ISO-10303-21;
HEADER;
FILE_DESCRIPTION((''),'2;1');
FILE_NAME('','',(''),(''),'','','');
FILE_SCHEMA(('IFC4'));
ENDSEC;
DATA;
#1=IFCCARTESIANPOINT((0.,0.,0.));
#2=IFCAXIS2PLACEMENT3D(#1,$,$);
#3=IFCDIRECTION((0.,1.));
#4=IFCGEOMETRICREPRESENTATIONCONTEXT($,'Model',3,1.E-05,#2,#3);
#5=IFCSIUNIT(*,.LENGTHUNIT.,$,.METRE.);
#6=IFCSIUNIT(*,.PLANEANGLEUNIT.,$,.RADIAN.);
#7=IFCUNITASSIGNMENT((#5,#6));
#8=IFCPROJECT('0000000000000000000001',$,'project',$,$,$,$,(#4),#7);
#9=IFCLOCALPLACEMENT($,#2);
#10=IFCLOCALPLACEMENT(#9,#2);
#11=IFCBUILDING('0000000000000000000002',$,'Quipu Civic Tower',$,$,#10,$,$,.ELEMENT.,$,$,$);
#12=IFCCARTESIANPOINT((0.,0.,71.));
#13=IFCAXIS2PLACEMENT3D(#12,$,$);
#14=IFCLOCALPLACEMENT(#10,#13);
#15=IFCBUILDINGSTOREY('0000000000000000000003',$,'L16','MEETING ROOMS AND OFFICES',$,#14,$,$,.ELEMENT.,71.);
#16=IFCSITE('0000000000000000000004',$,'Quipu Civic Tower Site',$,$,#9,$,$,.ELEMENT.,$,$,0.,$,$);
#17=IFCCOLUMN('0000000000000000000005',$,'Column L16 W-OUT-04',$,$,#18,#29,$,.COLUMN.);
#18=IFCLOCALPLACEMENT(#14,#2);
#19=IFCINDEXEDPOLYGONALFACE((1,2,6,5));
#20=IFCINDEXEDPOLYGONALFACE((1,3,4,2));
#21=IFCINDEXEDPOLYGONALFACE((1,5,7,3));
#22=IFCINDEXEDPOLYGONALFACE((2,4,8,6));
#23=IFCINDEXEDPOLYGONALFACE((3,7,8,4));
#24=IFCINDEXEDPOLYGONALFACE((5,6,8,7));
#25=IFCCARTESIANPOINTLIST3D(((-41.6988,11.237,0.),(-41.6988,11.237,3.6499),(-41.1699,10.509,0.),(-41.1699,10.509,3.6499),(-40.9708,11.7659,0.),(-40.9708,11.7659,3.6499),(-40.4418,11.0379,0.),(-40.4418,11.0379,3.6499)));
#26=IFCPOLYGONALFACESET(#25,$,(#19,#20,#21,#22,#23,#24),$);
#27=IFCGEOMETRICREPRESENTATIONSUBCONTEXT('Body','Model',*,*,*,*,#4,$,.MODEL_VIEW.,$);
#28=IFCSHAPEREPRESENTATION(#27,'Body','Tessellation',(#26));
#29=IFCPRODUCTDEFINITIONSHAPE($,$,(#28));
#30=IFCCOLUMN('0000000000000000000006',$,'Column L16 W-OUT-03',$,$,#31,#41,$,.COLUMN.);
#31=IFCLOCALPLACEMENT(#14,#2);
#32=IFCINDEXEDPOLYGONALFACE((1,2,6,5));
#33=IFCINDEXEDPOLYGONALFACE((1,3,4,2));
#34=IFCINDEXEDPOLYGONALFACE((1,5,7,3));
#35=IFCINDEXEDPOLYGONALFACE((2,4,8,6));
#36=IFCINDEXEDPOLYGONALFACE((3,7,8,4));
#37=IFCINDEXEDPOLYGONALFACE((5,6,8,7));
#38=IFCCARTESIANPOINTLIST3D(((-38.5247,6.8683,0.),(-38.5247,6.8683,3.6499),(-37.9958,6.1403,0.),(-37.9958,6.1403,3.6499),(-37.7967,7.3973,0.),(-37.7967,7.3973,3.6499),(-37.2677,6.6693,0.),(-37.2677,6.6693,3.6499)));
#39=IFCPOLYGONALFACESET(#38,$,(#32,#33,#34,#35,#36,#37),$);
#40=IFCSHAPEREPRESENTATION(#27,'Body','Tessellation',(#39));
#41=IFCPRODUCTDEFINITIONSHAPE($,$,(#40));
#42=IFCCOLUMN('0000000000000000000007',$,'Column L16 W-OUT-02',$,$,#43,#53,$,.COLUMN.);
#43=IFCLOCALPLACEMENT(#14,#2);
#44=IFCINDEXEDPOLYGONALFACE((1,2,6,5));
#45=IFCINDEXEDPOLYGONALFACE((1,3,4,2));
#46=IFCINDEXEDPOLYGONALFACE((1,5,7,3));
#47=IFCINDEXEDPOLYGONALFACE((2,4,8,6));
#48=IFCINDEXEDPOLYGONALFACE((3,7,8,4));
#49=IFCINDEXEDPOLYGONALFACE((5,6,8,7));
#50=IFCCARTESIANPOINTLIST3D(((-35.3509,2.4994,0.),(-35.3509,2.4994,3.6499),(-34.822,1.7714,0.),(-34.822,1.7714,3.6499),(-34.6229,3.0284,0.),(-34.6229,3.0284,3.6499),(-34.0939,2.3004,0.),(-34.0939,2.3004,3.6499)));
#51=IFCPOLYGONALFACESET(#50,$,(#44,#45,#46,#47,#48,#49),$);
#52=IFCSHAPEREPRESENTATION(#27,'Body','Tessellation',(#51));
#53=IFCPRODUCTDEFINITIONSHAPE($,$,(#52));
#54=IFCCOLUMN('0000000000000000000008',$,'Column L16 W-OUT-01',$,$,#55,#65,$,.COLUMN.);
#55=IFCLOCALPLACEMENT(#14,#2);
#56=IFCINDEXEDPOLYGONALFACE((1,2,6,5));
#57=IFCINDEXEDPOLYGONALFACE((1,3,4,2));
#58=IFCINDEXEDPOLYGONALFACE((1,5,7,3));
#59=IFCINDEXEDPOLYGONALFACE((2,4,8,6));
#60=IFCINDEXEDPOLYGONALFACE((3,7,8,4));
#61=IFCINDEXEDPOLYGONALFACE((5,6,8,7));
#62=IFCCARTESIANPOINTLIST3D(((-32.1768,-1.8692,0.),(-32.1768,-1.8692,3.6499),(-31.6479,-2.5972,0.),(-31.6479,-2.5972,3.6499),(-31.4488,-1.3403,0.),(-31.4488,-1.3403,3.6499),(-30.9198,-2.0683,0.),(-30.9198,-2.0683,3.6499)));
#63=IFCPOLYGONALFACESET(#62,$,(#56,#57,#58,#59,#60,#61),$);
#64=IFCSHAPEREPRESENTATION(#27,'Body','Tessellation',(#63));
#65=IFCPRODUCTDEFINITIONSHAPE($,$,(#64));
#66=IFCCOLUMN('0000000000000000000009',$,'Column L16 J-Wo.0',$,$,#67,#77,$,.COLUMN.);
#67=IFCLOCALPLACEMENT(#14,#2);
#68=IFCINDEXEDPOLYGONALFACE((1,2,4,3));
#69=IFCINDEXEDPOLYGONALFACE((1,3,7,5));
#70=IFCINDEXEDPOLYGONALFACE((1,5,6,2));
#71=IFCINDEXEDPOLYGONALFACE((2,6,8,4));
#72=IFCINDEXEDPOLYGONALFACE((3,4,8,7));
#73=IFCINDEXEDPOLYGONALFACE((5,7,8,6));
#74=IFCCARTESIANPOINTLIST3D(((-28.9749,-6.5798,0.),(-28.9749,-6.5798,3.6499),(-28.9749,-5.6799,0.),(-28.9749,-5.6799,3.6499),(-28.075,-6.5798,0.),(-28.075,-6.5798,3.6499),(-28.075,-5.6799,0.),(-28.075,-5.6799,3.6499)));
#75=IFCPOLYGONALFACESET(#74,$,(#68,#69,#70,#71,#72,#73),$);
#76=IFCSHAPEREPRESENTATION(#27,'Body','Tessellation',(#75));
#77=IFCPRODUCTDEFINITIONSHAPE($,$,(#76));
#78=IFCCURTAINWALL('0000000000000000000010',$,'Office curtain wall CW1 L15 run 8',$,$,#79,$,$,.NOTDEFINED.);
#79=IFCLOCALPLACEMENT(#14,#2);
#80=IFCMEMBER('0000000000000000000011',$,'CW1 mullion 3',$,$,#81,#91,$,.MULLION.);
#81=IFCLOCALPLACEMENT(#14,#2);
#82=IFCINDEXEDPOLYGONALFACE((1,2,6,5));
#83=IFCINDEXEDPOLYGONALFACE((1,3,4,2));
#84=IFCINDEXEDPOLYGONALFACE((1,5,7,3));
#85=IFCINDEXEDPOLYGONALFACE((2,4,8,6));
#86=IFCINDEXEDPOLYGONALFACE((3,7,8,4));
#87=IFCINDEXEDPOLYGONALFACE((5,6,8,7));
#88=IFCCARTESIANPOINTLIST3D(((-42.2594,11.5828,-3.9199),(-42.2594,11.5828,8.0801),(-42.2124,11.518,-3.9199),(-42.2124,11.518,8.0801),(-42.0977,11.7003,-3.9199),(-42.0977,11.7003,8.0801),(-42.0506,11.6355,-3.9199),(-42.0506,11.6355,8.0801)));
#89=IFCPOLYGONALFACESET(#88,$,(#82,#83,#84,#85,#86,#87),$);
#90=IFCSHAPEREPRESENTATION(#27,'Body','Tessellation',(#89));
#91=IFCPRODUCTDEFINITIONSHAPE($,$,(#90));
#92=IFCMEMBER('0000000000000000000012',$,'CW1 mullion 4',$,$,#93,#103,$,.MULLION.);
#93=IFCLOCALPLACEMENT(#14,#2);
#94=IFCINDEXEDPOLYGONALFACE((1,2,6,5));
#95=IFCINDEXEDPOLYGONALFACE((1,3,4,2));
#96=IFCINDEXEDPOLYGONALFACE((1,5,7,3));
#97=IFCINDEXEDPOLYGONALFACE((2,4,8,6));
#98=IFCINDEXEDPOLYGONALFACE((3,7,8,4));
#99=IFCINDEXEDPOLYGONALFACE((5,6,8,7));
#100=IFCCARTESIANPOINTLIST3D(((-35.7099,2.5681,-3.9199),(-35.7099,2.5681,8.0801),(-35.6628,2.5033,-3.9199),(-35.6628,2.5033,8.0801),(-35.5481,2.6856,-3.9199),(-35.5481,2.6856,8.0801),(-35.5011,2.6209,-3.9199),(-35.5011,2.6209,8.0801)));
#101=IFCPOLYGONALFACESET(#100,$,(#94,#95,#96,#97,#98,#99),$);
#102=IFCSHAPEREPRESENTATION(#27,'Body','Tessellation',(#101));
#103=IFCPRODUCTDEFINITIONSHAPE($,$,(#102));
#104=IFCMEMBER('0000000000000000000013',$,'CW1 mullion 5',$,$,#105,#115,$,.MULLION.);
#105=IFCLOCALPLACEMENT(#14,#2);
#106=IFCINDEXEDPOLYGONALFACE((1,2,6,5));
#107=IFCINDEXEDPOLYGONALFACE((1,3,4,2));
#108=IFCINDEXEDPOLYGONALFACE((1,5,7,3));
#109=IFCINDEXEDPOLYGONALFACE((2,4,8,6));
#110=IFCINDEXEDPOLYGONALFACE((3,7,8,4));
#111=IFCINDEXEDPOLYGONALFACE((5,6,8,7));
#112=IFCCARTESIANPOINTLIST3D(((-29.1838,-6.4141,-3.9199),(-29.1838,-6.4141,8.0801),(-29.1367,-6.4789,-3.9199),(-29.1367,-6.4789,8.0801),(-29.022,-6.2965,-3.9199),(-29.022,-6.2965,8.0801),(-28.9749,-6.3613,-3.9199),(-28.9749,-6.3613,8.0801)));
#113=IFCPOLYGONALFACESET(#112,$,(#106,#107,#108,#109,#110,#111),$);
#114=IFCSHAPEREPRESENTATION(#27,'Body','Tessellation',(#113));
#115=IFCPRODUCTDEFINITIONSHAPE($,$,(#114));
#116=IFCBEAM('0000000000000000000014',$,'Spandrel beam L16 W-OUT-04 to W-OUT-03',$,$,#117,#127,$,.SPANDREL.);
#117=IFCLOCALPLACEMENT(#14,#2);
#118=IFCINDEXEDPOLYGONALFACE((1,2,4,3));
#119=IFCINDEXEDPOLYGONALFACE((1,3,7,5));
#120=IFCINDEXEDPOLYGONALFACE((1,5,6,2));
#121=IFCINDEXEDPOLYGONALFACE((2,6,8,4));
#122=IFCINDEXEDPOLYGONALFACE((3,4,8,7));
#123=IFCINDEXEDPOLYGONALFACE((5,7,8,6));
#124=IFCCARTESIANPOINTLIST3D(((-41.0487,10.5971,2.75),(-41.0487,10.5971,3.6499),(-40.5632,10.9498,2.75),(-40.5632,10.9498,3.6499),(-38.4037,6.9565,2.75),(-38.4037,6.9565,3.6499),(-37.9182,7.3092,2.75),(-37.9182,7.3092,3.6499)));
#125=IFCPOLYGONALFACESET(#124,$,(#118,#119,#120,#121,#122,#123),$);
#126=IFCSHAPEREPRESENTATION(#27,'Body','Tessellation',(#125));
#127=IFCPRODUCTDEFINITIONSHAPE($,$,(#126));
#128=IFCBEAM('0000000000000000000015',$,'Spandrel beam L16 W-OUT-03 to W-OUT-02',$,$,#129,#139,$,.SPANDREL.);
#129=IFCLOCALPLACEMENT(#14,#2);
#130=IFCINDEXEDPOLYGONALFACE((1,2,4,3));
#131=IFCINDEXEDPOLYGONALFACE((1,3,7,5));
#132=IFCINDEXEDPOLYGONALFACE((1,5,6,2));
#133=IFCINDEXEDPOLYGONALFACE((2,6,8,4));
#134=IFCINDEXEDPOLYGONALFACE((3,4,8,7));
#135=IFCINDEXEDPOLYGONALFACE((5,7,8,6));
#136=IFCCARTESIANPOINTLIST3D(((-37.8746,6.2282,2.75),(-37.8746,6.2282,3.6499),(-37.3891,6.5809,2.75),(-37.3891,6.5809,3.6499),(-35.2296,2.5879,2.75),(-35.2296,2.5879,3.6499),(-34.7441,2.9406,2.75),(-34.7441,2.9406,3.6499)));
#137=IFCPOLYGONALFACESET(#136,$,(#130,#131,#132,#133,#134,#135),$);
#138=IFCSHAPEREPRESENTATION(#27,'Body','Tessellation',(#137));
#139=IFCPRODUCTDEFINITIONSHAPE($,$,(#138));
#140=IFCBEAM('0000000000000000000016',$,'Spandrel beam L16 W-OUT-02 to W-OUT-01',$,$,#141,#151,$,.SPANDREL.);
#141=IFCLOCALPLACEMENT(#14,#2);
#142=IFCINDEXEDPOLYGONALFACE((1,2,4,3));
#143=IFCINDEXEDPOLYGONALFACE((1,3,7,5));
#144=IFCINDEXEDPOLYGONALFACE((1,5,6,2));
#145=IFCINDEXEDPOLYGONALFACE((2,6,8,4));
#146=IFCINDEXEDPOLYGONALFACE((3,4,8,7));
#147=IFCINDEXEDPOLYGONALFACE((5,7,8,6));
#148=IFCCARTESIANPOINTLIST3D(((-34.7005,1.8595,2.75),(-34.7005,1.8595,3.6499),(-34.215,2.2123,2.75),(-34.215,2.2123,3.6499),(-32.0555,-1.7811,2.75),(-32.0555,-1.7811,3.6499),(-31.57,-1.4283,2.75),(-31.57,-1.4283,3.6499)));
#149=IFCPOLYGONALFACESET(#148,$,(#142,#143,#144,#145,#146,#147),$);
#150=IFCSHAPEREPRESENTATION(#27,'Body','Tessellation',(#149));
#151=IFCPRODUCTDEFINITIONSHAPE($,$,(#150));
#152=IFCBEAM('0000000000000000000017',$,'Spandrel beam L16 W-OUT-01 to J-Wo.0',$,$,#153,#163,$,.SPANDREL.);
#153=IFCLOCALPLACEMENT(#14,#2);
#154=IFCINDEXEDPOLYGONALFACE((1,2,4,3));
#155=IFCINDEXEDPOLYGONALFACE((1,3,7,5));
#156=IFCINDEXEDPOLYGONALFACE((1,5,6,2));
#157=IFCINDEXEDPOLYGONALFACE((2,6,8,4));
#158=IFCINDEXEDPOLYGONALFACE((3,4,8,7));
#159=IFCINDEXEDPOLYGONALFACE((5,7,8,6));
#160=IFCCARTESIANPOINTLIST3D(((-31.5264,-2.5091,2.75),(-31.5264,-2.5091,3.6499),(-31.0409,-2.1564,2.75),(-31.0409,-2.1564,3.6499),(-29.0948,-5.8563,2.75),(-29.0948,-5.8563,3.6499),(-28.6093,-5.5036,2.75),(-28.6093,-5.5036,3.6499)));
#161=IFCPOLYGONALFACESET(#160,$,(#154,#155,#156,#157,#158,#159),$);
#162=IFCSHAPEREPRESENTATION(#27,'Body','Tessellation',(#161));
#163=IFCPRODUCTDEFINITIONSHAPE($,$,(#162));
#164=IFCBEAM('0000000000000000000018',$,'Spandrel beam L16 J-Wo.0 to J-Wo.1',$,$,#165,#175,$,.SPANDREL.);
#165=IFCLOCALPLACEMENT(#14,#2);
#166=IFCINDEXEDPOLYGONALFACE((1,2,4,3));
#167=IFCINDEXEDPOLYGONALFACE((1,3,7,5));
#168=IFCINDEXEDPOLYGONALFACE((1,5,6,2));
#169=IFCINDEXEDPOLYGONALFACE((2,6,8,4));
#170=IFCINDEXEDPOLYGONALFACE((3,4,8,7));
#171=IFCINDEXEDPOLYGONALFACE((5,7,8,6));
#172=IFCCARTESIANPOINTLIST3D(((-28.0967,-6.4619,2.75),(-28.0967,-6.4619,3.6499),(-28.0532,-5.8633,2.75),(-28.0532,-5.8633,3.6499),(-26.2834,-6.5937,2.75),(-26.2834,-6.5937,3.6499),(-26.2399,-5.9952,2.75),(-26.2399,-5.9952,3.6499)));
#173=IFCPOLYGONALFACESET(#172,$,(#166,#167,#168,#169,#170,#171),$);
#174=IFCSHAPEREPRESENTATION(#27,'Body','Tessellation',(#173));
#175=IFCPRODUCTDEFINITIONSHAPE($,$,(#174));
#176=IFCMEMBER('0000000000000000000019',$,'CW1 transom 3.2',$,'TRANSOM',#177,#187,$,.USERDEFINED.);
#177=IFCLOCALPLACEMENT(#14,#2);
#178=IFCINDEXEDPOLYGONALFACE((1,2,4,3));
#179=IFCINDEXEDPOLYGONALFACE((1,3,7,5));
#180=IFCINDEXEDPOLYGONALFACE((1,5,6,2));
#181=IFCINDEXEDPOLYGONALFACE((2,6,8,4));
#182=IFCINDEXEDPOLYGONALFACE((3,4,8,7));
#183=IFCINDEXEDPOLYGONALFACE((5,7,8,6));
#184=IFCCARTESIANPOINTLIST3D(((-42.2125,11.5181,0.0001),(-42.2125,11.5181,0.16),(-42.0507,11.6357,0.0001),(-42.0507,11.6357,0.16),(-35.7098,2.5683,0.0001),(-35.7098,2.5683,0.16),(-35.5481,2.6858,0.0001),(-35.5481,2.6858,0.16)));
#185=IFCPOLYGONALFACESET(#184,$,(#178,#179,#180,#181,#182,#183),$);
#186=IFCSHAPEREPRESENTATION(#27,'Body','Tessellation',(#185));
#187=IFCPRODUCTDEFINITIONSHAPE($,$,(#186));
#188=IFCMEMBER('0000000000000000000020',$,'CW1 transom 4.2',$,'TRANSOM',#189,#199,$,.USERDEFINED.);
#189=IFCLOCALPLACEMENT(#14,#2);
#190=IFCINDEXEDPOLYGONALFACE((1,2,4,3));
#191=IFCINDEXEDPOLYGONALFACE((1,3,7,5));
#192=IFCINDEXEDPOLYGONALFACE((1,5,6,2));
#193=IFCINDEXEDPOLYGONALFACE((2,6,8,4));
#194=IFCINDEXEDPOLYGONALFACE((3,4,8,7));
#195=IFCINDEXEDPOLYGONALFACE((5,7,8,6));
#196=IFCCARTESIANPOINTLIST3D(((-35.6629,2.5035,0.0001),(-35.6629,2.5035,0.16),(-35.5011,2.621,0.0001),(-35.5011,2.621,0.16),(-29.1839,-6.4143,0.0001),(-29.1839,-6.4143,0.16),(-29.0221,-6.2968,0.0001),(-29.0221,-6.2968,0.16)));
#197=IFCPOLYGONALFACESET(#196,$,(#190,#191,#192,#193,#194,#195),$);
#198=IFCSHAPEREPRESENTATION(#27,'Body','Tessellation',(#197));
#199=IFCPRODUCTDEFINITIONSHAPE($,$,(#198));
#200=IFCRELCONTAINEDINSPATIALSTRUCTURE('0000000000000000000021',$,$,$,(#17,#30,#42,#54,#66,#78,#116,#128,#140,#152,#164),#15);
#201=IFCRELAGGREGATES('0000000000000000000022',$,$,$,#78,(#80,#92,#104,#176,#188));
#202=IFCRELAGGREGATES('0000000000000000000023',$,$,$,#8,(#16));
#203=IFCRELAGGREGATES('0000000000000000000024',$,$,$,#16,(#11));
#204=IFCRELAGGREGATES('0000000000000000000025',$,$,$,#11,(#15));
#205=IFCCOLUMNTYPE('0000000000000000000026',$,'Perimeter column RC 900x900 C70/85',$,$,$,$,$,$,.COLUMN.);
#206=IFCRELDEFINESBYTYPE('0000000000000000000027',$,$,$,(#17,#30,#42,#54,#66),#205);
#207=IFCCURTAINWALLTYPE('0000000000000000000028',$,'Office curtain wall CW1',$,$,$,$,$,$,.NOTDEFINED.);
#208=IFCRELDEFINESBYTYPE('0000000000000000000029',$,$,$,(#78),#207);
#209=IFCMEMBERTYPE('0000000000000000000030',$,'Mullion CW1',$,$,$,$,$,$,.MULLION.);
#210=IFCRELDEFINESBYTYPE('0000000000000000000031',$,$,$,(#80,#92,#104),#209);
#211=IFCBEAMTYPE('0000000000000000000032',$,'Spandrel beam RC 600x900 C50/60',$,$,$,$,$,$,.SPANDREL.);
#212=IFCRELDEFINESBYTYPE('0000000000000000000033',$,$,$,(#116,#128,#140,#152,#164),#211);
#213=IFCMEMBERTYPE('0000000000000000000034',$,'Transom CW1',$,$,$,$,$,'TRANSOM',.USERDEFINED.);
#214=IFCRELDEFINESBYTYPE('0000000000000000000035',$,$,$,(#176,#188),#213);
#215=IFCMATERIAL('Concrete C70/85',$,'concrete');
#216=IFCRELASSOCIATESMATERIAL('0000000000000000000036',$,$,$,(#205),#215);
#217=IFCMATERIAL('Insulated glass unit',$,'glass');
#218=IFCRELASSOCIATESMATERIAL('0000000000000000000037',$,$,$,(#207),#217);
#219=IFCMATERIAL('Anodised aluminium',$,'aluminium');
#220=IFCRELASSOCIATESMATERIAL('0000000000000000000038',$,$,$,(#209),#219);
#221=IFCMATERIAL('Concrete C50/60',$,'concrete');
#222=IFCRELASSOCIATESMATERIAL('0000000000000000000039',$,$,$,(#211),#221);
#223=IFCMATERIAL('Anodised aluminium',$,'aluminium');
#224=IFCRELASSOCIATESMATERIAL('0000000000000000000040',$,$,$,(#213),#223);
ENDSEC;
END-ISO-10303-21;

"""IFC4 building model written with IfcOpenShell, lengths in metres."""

from ifc_helpers import new_model, si_unit, direction, frame, origin, origin_2d, place, context, subcontext, project, spatial, rectangle, extrude, material, material_profile, profile_set, type_object, element, aggregate, save


model = new_model("IFC4")

# Units and contexts
model_context = context("Model", 3, precision=1e-05, world=origin(), true_north=direction((0.0, 1.0)))
body_context = subcontext(model_context, "Body", "Model", "MODEL_VIEW")
ifc_project = project(units=[si_unit("LENGTHUNIT", "METRE"), si_unit("PLANEANGLEUNIT", "RADIAN")], contexts=[model_context])

# Site, building, storey
site_placement = place(None, origin())
site = spatial("IfcSite", under=ifc_project, at=site_placement, Name="Quipu Civic Tower Site", CompositionType="ELEMENT", RefElevation=0.0)
building_placement = place(site_placement, origin())
building = spatial("IfcBuilding", under=site, at=building_placement, Name="Quipu Civic Tower", CompositionType="ELEMENT")
storey_placement = place(building_placement, frame((0.0, 0.0, 71.0)))
storey = spatial("IfcBuildingStorey", under=building, at=storey_placement, Name="L16", Description="MEETING ROOMS AND OFFICES", CompositionType="ELEMENT", Elevation=71.0)

# Columns
ifc_material_1 = material(Name="Concrete C70/85", Category="concrete")
ifc_material_profile_1 = material_profile(ifc_material_1, rectangle(XDim=0.8999, YDim=0.8999, at=origin_2d()), Name="RC900x900")
ifc_profile_set_1 = profile_set([ifc_material_profile_1], Name="Concrete C70/85")
column_type = type_object("IfcColumnType", Name="Perimeter column RC 900x900 C70/85", PredefinedType="COLUMN", material=ifc_profile_set_1)
for number, where, z_axis, x_axis, name in (
    (1, (-41.0703, 11.1375, 0.0), (0.0, 0.0, 1.0), (0.587785, -0.809017, 0.0), "Column L16 W-OUT-04"),
    (2, (-37.8962, 6.7688, 0.0), (0.0, 0.0, 1.0), (0.587785, -0.809017, 0.0), "Column L16 W-OUT-03"),
    (3, (-34.7224, 2.3999, 0.0), (0.0, 0.0, 1.0), (0.587785, -0.809017, 0.0), "Column L16 W-OUT-02"),
    (4, (-31.5483, -1.9688, 0.0), (0.0, 0.0, 1.0), (0.587785, -0.809017, 0.0), "Column L16 W-OUT-01"),
    (5, (-28.5249, -6.1299, 0.0), (0.0, 0.0, 1.0), (1.0, 0.0, 0.0), "Column L16 J-Wo.0"),
):
    element("IfcColumn", number, at=place(storey_placement, frame(where, z_axis=z_axis, x_axis=x_axis)), inside=storey, type_object=column_type, Name=name, PredefinedType="COLUMN", context=body_context, shape_type="SweptSolid", body=[
        extrude(rectangle(XDim=0.8999, YDim=0.8999, at=origin_2d()), origin(), (0.0, 0.0, 1.0), 3.6499),
    ])

# Curtain wall, members
ifc_material_2 = material(Name="Insulated glass unit", Category="glass")
curtain_wall_type = type_object("IfcCurtainWallType", Name="Office curtain wall CW1", PredefinedType="NOTDEFINED", material=ifc_material_2)
curtain_wall_placement = place(storey_placement, origin())
curtain_wall = element("IfcCurtainWall", 6, at=curtain_wall_placement, inside=storey, type_object=curtain_wall_type, Name="Office curtain wall CW1 L15 run 8", PredefinedType="NOTDEFINED")
ifc_material_3 = material(Name="Anodised aluminium", Category="aluminium")
ifc_material_profile_2 = material_profile(ifc_material_3, rectangle(XDim=0.2, YDim=0.0801, at=origin_2d()), Name="RECT 200x80")
ifc_profile_set_2 = profile_set([ifc_material_profile_2], Name="Anodised aluminium")
member_type_1 = type_object("IfcMemberType", Name="Mullion CW1", PredefinedType="MULLION", material=ifc_profile_set_2)
member_1_placement = place(storey_placement, frame((-42.155, 11.6091, -3.9199), z_axis=(0.0, 0.0, 1.0), x_axis=(0.809017, 0.587786, 0.0)))
member_1 = element("IfcMember", 7, at=member_1_placement, type_object=member_type_1, Name="CW1 mullion 3", PredefinedType="MULLION", context=body_context, shape_type="SweptSolid", body=[
    extrude(rectangle(XDim=0.2, YDim=0.0801, at=origin_2d()), origin(), (0.0, 0.0, 1.0), 12.0),
])
member_2_placement = place(storey_placement, frame((-35.6055, 2.5945, -3.9199), z_axis=(0.0, 0.0, 1.0), x_axis=(0.809017, 0.587786, 0.0)))
member_2 = element("IfcMember", 8, at=member_2_placement, type_object=member_type_1, Name="CW1 mullion 4", PredefinedType="MULLION", context=body_context, shape_type="SweptSolid", body=[
    extrude(rectangle(XDim=0.2, YDim=0.0801, at=origin_2d()), origin(), (0.0, 0.0, 1.0), 12.0),
])
member_3_placement = place(storey_placement, frame((-29.0793, -6.3877, -3.9199), z_axis=(0.0, 0.0, 1.0), x_axis=(0.809017, 0.587786, 0.0)))
member_3 = element("IfcMember", 9, at=member_3_placement, type_object=member_type_1, Name="CW1 mullion 5", PredefinedType="MULLION", context=body_context, shape_type="SweptSolid", body=[
    extrude(rectangle(XDim=0.2, YDim=0.0801, at=origin_2d()), origin(), (0.0, 0.0, 1.0), 12.0),
])

# Beams
ifc_material_4 = material(Name="Concrete C50/60", Category="concrete")
ifc_material_profile_3 = material_profile(ifc_material_4, rectangle(XDim=0.6001, YDim=0.8999, at=origin_2d()), Name="RC600x900")
ifc_profile_set_3 = profile_set([ifc_material_profile_3], Name="Concrete C50/60")
beam_type = type_object("IfcBeamType", Name="Spandrel beam RC 600x900 C50/60", PredefinedType="SPANDREL", material=ifc_profile_set_3)
beam_1_placement = place(storey_placement, frame((-40.8059, 10.7734, 3.2), z_axis=(0.587778, -0.809022, 0.0), x_axis=(0.809022, 0.587778, 0.0)))
element("IfcBeam", 10, at=beam_1_placement, inside=storey, type_object=beam_type, Name="Spandrel beam L16 W-OUT-04 to W-OUT-03", PredefinedType="SPANDREL", context=body_context, shape_type="SweptSolid", body=[
    extrude(rectangle(XDim=0.6001, YDim=0.8999, at=origin_2d()), origin(), (0.0, 0.0, 1.0), 4.5),
])
beam_2_placement = place(storey_placement, frame((-37.6318, 6.4045, 3.2), z_axis=(0.587804, -0.809003, 0.0), x_axis=(0.809003, 0.587804, 0.0)))
element("IfcBeam", 11, at=beam_2_placement, inside=storey, type_object=beam_type, Name="Spandrel beam L16 W-OUT-03 to W-OUT-02", PredefinedType="SPANDREL", context=body_context, shape_type="SweptSolid", body=[
    extrude(rectangle(XDim=0.6001, YDim=0.8999, at=origin_2d()), origin(), (0.0, 0.0, 1.0), 4.4998),
])
beam_3_placement = place(storey_placement, frame((-34.4578, 2.0359, 3.2), z_axis=(0.587778, -0.809022, 0.0), x_axis=(0.809022, 0.587778, 0.0)))
element("IfcBeam", 12, at=beam_3_placement, inside=storey, type_object=beam_type, Name="Spandrel beam L16 W-OUT-02 to W-OUT-01", PredefinedType="SPANDREL", context=body_context, shape_type="SweptSolid", body=[
    extrude(rectangle(XDim=0.6001, YDim=0.8999, at=origin_2d()), origin(), (0.0, 0.0, 1.0), 4.5),
])
beam_4_placement = place(storey_placement, frame((-31.2837, -2.3328, 3.2), z_axis=(0.587751, -0.809042, 0.0), x_axis=(0.809042, 0.587751, 0.0)))
element("IfcBeam", 13, at=beam_4_placement, inside=storey, type_object=beam_type, Name="Spandrel beam L16 W-OUT-01 to J-Wo.0", PredefinedType="SPANDREL", context=body_context, shape_type="SweptSolid", body=[
    extrude(rectangle(XDim=0.6001, YDim=0.8999, at=origin_2d()), origin(), (0.0, 0.0, 1.0), 4.1372),
])
beam_5_placement = place(storey_placement, frame((-28.075, -6.1626, 3.2), z_axis=(0.997367, -0.072516, 0.0), x_axis=(0.072516, 0.997367, 0.0)))
element("IfcBeam", 14, at=beam_5_placement, inside=storey, type_object=beam_type, Name="Spandrel beam L16 J-Wo.0 to J-Wo.1", PredefinedType="SPANDREL", context=body_context, shape_type="SweptSolid", body=[
    extrude(rectangle(XDim=0.6001, YDim=0.8999, at=origin_2d()), origin(), (0.0, 0.0, 1.0), 1.8181),
])

# Members
ifc_material_5 = material(Name="Anodised aluminium", Category="aluminium")
ifc_material_profile_4 = material_profile(ifc_material_5, rectangle(XDim=0.2, YDim=0.1599, at=origin_2d()), Name="RECT 200x160")
ifc_profile_set_4 = profile_set([ifc_material_profile_4], Name="Anodised aluminium")
member_type_2 = type_object("IfcMemberType", Name="Transom CW1", ElementType="TRANSOM", PredefinedType="USERDEFINED", material=ifc_profile_set_4)
member_4_placement = place(storey_placement, frame((-42.1316, 11.5769, 0.0801), z_axis=(0.587795, -0.80901, 0.0), x_axis=(0.80901, 0.587795, 0.0)))
member_4 = element("IfcMember", 15, at=member_4_placement, type_object=member_type_2, Name="CW1 transom 3.2", ObjectType="TRANSOM", PredefinedType="USERDEFINED", context=body_context, shape_type="SweptSolid", body=[
    extrude(rectangle(XDim=0.2, YDim=0.1599, at=origin_2d()), origin(), (0.0, 0.0, 1.0), 11.0627),
])
member_5_placement = place(storey_placement, frame((-35.582, 2.5623, 0.0801), z_axis=(0.587779, -0.809021, 0.0), x_axis=(0.809021, 0.587779, 0.0)))
member_5 = element("IfcMember", 16, at=member_5_placement, type_object=member_type_2, Name="CW1 transom 4.2", ObjectType="TRANSOM", PredefinedType="USERDEFINED", context=body_context, shape_type="SweptSolid", body=[
    extrude(rectangle(XDim=0.2, YDim=0.1599, at=origin_2d()), origin(), (0.0, 0.0, 1.0), 11.0229),
])

aggregate(curtain_wall, [member_1, member_2, member_3, member_4, member_5])

save(model, "model.ifc")
